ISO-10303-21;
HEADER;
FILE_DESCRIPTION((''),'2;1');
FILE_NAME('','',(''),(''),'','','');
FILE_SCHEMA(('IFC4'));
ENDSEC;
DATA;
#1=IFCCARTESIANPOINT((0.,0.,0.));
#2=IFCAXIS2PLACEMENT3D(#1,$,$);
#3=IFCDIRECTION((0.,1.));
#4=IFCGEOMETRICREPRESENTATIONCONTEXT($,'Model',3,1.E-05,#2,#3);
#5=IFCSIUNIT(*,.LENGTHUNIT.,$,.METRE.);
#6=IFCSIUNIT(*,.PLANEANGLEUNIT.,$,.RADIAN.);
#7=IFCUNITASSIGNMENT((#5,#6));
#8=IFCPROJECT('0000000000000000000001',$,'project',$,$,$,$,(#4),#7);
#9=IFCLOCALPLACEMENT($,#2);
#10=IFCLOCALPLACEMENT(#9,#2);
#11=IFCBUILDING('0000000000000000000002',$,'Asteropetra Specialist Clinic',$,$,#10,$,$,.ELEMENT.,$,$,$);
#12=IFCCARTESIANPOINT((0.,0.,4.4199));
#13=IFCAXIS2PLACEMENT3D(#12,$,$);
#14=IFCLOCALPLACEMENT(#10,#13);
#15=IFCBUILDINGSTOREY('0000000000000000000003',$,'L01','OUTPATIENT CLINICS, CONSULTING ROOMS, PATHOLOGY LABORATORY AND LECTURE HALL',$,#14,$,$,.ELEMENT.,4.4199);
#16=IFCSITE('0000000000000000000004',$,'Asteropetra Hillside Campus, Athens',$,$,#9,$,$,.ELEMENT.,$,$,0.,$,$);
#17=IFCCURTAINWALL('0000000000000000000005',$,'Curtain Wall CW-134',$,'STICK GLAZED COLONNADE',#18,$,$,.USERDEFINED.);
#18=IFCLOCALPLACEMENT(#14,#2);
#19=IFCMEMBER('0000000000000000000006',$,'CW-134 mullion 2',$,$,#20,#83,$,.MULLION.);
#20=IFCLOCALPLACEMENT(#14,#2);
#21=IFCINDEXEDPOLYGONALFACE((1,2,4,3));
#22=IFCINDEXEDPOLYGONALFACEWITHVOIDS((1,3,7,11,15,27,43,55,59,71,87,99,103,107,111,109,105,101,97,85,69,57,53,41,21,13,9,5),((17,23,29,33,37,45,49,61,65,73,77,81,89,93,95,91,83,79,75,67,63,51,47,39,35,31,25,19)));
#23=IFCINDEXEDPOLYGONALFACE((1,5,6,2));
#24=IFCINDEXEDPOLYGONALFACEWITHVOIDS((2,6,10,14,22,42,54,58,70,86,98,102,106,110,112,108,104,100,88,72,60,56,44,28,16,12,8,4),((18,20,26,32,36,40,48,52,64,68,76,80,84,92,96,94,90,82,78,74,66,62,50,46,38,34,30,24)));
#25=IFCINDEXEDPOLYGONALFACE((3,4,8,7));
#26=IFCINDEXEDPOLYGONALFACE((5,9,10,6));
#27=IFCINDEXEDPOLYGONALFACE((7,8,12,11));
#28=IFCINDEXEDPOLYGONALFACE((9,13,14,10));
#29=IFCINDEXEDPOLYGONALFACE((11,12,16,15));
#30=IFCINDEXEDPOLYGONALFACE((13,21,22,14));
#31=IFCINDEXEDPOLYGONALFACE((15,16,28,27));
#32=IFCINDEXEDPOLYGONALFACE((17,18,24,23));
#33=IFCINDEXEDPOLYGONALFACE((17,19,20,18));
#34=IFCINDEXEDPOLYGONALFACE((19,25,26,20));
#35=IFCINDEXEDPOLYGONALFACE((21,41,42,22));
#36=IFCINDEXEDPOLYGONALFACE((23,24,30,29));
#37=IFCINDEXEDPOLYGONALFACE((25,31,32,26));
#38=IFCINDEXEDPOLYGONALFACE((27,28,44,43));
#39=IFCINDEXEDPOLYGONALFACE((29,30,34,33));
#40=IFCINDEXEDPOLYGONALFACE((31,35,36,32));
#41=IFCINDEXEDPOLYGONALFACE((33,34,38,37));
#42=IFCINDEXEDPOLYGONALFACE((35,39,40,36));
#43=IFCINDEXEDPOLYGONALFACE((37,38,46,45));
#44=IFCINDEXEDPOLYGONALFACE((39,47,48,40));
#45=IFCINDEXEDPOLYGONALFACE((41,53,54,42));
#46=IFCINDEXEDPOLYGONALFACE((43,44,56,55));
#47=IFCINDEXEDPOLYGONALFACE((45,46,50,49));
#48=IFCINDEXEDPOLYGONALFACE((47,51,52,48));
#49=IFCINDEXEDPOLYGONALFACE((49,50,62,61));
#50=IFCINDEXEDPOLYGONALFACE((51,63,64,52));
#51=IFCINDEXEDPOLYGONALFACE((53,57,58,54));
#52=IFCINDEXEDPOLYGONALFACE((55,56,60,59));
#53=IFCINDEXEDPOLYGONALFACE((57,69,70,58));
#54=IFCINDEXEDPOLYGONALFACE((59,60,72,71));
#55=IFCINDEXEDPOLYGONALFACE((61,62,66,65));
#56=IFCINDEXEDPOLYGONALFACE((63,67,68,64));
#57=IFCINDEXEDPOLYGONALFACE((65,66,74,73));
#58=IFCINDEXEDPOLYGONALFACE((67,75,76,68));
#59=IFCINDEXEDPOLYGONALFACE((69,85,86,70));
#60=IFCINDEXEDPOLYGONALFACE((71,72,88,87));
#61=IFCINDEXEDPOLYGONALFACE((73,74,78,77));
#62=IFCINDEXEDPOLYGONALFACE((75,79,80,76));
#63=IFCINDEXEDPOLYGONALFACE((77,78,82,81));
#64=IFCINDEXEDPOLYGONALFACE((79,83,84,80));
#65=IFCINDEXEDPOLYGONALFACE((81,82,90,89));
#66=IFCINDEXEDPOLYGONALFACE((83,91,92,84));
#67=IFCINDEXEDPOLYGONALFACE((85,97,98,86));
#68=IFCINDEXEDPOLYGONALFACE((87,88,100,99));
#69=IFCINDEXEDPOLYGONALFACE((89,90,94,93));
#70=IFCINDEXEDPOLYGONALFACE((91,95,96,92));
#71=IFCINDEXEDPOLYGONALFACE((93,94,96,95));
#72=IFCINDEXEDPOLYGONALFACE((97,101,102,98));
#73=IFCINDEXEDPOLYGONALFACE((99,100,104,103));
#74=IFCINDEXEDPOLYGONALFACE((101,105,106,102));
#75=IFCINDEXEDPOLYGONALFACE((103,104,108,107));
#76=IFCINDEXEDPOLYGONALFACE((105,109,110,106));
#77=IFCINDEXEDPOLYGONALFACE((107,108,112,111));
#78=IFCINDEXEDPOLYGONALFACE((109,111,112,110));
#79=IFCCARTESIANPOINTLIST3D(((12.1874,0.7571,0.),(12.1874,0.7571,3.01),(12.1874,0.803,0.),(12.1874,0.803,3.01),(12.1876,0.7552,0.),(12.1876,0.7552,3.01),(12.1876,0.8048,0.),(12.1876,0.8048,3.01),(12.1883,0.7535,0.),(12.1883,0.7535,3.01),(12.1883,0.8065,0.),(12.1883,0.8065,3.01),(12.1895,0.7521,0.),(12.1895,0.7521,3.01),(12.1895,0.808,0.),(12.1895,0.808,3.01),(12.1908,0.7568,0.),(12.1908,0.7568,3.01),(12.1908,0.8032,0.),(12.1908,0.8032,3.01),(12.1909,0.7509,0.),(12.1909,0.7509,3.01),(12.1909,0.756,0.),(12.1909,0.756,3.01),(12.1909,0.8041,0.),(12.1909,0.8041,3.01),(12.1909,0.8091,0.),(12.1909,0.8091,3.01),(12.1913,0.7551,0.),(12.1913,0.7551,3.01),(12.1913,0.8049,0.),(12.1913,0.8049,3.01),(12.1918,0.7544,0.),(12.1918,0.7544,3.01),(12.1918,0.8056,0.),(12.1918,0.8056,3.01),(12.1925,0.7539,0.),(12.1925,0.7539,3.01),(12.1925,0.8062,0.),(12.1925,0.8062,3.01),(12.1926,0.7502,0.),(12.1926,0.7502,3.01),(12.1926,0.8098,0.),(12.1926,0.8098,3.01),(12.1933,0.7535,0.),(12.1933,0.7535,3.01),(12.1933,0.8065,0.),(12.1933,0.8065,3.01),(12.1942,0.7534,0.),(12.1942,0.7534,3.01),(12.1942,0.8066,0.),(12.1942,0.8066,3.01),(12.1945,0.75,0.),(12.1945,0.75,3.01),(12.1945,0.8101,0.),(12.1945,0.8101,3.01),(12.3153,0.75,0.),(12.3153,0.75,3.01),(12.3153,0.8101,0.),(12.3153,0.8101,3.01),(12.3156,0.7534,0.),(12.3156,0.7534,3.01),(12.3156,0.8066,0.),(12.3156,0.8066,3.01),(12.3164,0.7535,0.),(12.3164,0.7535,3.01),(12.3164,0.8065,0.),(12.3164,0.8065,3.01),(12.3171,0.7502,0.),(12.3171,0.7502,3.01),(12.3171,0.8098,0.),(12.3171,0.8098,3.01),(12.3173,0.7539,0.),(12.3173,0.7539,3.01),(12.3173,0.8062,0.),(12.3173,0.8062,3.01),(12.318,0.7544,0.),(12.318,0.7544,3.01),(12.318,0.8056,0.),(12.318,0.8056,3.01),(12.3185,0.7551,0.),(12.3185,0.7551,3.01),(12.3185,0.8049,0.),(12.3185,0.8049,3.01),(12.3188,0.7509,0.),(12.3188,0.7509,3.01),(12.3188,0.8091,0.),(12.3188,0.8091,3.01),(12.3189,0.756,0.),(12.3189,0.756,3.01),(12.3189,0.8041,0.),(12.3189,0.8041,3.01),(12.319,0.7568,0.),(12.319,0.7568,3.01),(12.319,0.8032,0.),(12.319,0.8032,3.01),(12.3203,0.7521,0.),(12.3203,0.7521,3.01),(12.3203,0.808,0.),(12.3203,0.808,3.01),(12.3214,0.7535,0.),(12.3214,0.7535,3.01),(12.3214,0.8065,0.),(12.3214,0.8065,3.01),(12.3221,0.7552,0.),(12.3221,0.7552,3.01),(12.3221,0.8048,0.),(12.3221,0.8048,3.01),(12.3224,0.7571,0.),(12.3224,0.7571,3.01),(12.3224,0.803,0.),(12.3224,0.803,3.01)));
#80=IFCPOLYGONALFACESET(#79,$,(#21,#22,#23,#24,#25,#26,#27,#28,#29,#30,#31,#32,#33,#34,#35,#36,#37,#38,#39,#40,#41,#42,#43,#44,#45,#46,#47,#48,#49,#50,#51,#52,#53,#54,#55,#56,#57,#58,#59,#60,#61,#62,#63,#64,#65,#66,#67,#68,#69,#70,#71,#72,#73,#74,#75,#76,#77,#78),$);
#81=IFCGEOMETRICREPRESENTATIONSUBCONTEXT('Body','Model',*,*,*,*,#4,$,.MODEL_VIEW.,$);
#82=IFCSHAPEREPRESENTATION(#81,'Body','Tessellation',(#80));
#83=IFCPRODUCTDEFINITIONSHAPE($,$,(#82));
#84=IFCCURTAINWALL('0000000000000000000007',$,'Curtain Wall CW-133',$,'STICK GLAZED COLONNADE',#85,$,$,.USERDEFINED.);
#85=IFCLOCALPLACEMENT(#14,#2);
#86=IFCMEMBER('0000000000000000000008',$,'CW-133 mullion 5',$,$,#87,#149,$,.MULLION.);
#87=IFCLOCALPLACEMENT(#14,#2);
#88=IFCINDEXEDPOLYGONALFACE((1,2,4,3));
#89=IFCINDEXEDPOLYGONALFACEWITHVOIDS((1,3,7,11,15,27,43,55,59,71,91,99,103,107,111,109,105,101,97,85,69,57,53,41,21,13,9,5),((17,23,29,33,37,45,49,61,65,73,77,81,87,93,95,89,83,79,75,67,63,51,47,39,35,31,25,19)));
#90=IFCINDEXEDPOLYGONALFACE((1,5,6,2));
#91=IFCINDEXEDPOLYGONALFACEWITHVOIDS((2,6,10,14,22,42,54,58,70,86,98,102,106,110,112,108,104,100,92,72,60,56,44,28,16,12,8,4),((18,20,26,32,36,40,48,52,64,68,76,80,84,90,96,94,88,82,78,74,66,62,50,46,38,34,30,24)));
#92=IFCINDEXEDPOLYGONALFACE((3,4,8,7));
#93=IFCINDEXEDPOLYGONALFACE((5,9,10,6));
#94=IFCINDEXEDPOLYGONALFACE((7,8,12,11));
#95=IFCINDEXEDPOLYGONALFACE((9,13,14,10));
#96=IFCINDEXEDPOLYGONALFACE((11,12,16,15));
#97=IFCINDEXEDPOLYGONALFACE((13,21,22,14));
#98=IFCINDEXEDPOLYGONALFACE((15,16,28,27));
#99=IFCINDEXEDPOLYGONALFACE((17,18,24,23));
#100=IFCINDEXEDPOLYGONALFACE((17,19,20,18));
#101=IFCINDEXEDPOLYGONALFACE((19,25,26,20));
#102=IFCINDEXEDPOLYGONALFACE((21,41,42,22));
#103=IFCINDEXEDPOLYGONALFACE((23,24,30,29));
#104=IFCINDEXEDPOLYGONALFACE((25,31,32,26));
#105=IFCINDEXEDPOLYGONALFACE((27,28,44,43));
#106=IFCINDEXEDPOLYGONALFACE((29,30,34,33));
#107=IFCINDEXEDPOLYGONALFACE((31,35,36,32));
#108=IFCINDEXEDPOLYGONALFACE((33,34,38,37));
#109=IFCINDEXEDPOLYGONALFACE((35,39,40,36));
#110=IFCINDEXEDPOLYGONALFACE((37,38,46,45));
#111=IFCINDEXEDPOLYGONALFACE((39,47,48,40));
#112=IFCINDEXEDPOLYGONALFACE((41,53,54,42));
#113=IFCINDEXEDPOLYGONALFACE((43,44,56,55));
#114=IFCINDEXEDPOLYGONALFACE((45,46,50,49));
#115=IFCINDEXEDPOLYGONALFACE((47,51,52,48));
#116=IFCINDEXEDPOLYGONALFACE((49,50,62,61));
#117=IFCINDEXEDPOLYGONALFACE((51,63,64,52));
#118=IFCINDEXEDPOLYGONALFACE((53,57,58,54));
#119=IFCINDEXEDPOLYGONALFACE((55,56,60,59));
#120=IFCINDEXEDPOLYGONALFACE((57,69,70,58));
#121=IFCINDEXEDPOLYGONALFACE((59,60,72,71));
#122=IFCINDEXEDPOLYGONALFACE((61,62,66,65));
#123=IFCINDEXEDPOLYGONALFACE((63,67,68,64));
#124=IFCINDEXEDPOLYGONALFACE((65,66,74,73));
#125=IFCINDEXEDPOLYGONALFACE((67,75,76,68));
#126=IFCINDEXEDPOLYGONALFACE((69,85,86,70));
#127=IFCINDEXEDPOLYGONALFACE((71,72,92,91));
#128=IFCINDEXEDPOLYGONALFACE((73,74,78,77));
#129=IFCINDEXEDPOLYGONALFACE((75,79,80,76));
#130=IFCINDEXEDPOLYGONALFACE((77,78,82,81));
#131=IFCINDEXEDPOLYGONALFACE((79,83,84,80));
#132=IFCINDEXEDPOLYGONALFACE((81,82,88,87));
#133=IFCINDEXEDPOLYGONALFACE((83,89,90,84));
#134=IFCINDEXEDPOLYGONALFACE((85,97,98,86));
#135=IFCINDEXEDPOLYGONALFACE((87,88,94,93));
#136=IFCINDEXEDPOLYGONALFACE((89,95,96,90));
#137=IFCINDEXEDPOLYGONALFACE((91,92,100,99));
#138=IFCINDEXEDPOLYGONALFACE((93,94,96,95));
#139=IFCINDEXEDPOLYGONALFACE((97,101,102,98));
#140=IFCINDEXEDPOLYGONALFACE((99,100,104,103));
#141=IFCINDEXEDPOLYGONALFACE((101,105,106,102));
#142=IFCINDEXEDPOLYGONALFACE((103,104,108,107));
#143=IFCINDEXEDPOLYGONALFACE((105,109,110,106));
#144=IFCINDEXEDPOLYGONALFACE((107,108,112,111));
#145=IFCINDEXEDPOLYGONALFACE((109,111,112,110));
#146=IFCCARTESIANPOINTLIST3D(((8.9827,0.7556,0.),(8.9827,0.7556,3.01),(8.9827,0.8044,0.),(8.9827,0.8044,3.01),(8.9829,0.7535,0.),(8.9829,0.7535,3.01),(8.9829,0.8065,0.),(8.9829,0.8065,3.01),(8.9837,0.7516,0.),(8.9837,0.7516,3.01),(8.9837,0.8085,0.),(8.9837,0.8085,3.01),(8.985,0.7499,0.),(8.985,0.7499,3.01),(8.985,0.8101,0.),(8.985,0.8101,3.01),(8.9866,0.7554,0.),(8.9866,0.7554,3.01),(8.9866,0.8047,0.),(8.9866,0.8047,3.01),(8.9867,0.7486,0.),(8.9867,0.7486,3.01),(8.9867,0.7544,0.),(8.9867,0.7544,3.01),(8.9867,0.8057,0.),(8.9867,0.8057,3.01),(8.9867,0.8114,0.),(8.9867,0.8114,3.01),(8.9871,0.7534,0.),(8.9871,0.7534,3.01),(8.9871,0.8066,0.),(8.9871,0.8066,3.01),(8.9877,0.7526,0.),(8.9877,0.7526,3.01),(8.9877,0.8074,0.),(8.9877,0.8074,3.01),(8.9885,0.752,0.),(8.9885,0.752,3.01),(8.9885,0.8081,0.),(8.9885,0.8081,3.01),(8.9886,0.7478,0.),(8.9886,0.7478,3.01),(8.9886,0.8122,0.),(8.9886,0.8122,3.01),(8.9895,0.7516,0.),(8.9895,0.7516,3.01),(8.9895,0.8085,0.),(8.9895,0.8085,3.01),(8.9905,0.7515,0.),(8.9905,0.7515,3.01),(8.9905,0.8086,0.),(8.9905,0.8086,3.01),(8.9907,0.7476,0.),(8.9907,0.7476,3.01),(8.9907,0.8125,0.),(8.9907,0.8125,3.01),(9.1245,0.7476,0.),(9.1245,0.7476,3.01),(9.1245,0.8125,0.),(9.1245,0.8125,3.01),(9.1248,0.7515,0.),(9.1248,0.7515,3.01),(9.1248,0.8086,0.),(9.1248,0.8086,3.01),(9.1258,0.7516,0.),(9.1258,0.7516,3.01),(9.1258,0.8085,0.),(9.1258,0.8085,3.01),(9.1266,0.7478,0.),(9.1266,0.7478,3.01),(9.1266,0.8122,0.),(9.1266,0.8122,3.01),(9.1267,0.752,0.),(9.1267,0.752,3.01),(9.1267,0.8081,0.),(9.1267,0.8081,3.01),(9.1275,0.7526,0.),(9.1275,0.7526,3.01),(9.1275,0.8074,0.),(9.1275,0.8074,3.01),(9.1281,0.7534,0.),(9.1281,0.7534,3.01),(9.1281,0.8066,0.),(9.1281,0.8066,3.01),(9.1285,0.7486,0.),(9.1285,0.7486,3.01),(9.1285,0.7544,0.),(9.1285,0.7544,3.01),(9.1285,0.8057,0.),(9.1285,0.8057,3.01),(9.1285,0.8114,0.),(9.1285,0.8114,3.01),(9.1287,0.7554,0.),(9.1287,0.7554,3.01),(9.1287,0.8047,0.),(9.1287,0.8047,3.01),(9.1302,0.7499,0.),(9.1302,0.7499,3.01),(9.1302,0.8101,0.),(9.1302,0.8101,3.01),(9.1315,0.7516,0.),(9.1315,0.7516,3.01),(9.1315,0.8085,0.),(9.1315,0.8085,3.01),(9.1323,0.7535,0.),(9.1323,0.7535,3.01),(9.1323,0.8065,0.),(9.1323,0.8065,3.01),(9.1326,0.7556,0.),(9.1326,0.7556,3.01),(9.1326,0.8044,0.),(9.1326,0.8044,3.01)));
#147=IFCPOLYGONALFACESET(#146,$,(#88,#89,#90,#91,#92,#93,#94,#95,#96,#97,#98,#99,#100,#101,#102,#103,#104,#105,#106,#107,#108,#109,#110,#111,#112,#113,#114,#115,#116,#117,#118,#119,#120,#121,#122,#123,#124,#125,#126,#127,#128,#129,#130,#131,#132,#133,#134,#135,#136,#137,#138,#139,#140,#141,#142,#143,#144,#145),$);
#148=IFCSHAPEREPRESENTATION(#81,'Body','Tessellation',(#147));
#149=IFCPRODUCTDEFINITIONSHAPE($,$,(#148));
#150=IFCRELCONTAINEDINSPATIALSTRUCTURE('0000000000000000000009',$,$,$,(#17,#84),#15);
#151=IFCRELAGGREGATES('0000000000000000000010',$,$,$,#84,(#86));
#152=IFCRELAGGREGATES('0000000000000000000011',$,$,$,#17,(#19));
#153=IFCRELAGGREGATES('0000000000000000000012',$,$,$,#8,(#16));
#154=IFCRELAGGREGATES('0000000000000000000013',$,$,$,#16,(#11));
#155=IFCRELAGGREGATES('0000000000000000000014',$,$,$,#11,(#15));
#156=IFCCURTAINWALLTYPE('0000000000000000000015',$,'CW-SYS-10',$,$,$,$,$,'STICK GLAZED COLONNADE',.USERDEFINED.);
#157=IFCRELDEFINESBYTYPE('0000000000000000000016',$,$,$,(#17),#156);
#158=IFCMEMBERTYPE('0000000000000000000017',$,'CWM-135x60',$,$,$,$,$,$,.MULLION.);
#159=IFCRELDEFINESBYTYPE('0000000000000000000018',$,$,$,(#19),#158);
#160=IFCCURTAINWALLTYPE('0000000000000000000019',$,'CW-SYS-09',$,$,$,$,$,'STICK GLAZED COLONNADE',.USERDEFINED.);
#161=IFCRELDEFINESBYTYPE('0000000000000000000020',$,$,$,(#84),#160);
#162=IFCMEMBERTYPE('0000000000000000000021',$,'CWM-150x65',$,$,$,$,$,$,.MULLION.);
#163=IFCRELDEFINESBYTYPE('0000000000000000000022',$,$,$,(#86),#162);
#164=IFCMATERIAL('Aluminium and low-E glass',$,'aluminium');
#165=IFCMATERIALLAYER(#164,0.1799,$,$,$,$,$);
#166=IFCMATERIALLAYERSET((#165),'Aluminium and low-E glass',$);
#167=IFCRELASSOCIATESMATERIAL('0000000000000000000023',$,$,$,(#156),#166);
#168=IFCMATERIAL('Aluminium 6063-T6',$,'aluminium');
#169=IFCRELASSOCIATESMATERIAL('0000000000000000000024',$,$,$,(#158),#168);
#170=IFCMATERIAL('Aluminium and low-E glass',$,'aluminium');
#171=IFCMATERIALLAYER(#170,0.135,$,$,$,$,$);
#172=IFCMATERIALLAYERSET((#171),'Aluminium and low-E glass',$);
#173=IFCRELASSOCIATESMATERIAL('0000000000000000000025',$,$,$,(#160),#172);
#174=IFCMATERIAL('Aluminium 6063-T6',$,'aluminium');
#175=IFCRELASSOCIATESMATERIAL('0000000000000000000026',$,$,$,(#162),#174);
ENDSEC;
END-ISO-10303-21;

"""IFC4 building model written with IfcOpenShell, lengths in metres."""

from ifc_helpers import new_model, si_unit, direction, frame, origin, origin_2d, place, context, subcontext, project, spatial, hollow_rectangle, extrude, material, layer, layer_set, material_profile, profile_set, type_object, element, aggregate, save


model = new_model("IFC4")

# Units and contexts
model_context = context("Model", 3, precision=1e-05, world=origin(), true_north=direction((0.0, 1.0)))
body_context = subcontext(model_context, "Body", "Model", "MODEL_VIEW")
ifc_project = project(units=[si_unit("LENGTHUNIT", "METRE"), si_unit("PLANEANGLEUNIT", "RADIAN")], contexts=[model_context])

# Site, building, storey
site_placement = place(None, origin())
site = spatial("IfcSite", under=ifc_project, at=site_placement, Name="Asteropetra Hillside Campus, Athens", CompositionType="ELEMENT", RefElevation=0.0)
building_placement = place(site_placement, origin())
building = spatial("IfcBuilding", under=site, at=building_placement, Name="Asteropetra Specialist Clinic", CompositionType="ELEMENT")
storey_placement = place(building_placement, frame((0.0, 0.0, 4.4199)))
storey = spatial("IfcBuildingStorey", under=building, at=storey_placement, Name="L01", Description="OUTPATIENT CLINICS, CONSULTING ROOMS, PATHOLOGY LABORATORY AND LECTURE HALL", CompositionType="ELEMENT", Elevation=4.4199)

# Curtain wall, member
ifc_material_1 = material(Name="Aluminium and low-E glass", Category="aluminium")
ifc_layer_1 = layer(ifc_material_1, 0.1799)
ifc_layer_set_1 = layer_set([ifc_layer_1], Name="Aluminium and low-E glass")
curtain_wall_type_1 = type_object("IfcCurtainWallType", Name="CW-SYS-10", ElementType="STICK GLAZED COLONNADE", PredefinedType="USERDEFINED", material=ifc_layer_set_1)
curtain_wall_1_placement = place(storey_placement, origin())
curtain_wall_1 = element("IfcCurtainWall", 1, at=curtain_wall_1_placement, inside=storey, type_object=curtain_wall_type_1, Name="Curtain Wall CW-134", ObjectType="STICK GLAZED COLONNADE", PredefinedType="USERDEFINED")
ifc_material_2 = material(Name="Aluminium 6063-T6", Category="aluminium")
ifc_material_profile_1 = material_profile(ifc_material_2, hollow_rectangle(XDim=0.0601, YDim=0.135, WallThickness=0.0034, InnerFilletRadius=0.0034, OuterFilletRadius=0.0071, at=origin_2d()), Name="MUL 135x60x3.5")
ifc_profile_set_1 = profile_set([ifc_material_profile_1], Name="Aluminium 6063-T6")
member_type_1 = type_object("IfcMemberType", Name="CWM-135x60", PredefinedType="MULLION", material=ifc_profile_set_1)
member_1_placement = place(storey_placement, frame((12.2549, 0.78, 0.0), z_axis=(0.0, 0.0, 1.0), x_axis=(0.0, 1.0, 0.0)))
member_1 = element("IfcMember", 2, at=member_1_placement, type_object=member_type_1, Name="CW-134 mullion 2", PredefinedType="MULLION", context=body_context, shape_type="SweptSolid", body=[
    extrude(hollow_rectangle(XDim=0.0601, YDim=0.135, WallThickness=0.0034, InnerFilletRadius=0.0034, OuterFilletRadius=0.0071, at=origin_2d()), origin(), (0.0, 0.0, 1.0), 3.01),
])

# Curtain wall, member
ifc_material_3 = material(Name="Aluminium and low-E glass", Category="aluminium")
ifc_layer_2 = layer(ifc_material_3, 0.135)
ifc_layer_set_2 = layer_set([ifc_layer_2], Name="Aluminium and low-E glass")
curtain_wall_type_2 = type_object("IfcCurtainWallType", Name="CW-SYS-09", ElementType="STICK GLAZED COLONNADE", PredefinedType="USERDEFINED", material=ifc_layer_set_2)
curtain_wall_2_placement = place(storey_placement, origin())
curtain_wall_2 = element("IfcCurtainWall", 3, at=curtain_wall_2_placement, inside=storey, type_object=curtain_wall_type_2, Name="Curtain Wall CW-133", ObjectType="STICK GLAZED COLONNADE", PredefinedType="USERDEFINED")
ifc_material_4 = material(Name="Aluminium 6063-T6", Category="aluminium")
ifc_material_profile_2 = material_profile(ifc_material_4, hollow_rectangle(XDim=0.0649, YDim=0.1499, WallThickness=0.0039, InnerFilletRadius=0.0039, OuterFilletRadius=0.0081, at=origin_2d()), Name="MUL 150x65x4.0")
ifc_profile_set_2 = profile_set([ifc_material_profile_2], Name="Aluminium 6063-T6")
member_type_2 = type_object("IfcMemberType", Name="CWM-150x65", PredefinedType="MULLION", material=ifc_profile_set_2)
member_2_placement = place(storey_placement, frame((9.0576, 0.78, 0.0), z_axis=(0.0, 0.0, 1.0), x_axis=(0.0, 1.0, 0.0)))
member_2 = element("IfcMember", 4, at=member_2_placement, type_object=member_type_2, Name="CW-133 mullion 5", PredefinedType="MULLION", context=body_context, shape_type="SweptSolid", body=[
    extrude(hollow_rectangle(XDim=0.0649, YDim=0.1499, WallThickness=0.0039, InnerFilletRadius=0.0039, OuterFilletRadius=0.0081, at=origin_2d()), origin(), (0.0, 0.0, 1.0), 3.01),
])

aggregate(curtain_wall_2, [member_2])
aggregate(curtain_wall_1, [member_1])

save(model, "model.ifc")
